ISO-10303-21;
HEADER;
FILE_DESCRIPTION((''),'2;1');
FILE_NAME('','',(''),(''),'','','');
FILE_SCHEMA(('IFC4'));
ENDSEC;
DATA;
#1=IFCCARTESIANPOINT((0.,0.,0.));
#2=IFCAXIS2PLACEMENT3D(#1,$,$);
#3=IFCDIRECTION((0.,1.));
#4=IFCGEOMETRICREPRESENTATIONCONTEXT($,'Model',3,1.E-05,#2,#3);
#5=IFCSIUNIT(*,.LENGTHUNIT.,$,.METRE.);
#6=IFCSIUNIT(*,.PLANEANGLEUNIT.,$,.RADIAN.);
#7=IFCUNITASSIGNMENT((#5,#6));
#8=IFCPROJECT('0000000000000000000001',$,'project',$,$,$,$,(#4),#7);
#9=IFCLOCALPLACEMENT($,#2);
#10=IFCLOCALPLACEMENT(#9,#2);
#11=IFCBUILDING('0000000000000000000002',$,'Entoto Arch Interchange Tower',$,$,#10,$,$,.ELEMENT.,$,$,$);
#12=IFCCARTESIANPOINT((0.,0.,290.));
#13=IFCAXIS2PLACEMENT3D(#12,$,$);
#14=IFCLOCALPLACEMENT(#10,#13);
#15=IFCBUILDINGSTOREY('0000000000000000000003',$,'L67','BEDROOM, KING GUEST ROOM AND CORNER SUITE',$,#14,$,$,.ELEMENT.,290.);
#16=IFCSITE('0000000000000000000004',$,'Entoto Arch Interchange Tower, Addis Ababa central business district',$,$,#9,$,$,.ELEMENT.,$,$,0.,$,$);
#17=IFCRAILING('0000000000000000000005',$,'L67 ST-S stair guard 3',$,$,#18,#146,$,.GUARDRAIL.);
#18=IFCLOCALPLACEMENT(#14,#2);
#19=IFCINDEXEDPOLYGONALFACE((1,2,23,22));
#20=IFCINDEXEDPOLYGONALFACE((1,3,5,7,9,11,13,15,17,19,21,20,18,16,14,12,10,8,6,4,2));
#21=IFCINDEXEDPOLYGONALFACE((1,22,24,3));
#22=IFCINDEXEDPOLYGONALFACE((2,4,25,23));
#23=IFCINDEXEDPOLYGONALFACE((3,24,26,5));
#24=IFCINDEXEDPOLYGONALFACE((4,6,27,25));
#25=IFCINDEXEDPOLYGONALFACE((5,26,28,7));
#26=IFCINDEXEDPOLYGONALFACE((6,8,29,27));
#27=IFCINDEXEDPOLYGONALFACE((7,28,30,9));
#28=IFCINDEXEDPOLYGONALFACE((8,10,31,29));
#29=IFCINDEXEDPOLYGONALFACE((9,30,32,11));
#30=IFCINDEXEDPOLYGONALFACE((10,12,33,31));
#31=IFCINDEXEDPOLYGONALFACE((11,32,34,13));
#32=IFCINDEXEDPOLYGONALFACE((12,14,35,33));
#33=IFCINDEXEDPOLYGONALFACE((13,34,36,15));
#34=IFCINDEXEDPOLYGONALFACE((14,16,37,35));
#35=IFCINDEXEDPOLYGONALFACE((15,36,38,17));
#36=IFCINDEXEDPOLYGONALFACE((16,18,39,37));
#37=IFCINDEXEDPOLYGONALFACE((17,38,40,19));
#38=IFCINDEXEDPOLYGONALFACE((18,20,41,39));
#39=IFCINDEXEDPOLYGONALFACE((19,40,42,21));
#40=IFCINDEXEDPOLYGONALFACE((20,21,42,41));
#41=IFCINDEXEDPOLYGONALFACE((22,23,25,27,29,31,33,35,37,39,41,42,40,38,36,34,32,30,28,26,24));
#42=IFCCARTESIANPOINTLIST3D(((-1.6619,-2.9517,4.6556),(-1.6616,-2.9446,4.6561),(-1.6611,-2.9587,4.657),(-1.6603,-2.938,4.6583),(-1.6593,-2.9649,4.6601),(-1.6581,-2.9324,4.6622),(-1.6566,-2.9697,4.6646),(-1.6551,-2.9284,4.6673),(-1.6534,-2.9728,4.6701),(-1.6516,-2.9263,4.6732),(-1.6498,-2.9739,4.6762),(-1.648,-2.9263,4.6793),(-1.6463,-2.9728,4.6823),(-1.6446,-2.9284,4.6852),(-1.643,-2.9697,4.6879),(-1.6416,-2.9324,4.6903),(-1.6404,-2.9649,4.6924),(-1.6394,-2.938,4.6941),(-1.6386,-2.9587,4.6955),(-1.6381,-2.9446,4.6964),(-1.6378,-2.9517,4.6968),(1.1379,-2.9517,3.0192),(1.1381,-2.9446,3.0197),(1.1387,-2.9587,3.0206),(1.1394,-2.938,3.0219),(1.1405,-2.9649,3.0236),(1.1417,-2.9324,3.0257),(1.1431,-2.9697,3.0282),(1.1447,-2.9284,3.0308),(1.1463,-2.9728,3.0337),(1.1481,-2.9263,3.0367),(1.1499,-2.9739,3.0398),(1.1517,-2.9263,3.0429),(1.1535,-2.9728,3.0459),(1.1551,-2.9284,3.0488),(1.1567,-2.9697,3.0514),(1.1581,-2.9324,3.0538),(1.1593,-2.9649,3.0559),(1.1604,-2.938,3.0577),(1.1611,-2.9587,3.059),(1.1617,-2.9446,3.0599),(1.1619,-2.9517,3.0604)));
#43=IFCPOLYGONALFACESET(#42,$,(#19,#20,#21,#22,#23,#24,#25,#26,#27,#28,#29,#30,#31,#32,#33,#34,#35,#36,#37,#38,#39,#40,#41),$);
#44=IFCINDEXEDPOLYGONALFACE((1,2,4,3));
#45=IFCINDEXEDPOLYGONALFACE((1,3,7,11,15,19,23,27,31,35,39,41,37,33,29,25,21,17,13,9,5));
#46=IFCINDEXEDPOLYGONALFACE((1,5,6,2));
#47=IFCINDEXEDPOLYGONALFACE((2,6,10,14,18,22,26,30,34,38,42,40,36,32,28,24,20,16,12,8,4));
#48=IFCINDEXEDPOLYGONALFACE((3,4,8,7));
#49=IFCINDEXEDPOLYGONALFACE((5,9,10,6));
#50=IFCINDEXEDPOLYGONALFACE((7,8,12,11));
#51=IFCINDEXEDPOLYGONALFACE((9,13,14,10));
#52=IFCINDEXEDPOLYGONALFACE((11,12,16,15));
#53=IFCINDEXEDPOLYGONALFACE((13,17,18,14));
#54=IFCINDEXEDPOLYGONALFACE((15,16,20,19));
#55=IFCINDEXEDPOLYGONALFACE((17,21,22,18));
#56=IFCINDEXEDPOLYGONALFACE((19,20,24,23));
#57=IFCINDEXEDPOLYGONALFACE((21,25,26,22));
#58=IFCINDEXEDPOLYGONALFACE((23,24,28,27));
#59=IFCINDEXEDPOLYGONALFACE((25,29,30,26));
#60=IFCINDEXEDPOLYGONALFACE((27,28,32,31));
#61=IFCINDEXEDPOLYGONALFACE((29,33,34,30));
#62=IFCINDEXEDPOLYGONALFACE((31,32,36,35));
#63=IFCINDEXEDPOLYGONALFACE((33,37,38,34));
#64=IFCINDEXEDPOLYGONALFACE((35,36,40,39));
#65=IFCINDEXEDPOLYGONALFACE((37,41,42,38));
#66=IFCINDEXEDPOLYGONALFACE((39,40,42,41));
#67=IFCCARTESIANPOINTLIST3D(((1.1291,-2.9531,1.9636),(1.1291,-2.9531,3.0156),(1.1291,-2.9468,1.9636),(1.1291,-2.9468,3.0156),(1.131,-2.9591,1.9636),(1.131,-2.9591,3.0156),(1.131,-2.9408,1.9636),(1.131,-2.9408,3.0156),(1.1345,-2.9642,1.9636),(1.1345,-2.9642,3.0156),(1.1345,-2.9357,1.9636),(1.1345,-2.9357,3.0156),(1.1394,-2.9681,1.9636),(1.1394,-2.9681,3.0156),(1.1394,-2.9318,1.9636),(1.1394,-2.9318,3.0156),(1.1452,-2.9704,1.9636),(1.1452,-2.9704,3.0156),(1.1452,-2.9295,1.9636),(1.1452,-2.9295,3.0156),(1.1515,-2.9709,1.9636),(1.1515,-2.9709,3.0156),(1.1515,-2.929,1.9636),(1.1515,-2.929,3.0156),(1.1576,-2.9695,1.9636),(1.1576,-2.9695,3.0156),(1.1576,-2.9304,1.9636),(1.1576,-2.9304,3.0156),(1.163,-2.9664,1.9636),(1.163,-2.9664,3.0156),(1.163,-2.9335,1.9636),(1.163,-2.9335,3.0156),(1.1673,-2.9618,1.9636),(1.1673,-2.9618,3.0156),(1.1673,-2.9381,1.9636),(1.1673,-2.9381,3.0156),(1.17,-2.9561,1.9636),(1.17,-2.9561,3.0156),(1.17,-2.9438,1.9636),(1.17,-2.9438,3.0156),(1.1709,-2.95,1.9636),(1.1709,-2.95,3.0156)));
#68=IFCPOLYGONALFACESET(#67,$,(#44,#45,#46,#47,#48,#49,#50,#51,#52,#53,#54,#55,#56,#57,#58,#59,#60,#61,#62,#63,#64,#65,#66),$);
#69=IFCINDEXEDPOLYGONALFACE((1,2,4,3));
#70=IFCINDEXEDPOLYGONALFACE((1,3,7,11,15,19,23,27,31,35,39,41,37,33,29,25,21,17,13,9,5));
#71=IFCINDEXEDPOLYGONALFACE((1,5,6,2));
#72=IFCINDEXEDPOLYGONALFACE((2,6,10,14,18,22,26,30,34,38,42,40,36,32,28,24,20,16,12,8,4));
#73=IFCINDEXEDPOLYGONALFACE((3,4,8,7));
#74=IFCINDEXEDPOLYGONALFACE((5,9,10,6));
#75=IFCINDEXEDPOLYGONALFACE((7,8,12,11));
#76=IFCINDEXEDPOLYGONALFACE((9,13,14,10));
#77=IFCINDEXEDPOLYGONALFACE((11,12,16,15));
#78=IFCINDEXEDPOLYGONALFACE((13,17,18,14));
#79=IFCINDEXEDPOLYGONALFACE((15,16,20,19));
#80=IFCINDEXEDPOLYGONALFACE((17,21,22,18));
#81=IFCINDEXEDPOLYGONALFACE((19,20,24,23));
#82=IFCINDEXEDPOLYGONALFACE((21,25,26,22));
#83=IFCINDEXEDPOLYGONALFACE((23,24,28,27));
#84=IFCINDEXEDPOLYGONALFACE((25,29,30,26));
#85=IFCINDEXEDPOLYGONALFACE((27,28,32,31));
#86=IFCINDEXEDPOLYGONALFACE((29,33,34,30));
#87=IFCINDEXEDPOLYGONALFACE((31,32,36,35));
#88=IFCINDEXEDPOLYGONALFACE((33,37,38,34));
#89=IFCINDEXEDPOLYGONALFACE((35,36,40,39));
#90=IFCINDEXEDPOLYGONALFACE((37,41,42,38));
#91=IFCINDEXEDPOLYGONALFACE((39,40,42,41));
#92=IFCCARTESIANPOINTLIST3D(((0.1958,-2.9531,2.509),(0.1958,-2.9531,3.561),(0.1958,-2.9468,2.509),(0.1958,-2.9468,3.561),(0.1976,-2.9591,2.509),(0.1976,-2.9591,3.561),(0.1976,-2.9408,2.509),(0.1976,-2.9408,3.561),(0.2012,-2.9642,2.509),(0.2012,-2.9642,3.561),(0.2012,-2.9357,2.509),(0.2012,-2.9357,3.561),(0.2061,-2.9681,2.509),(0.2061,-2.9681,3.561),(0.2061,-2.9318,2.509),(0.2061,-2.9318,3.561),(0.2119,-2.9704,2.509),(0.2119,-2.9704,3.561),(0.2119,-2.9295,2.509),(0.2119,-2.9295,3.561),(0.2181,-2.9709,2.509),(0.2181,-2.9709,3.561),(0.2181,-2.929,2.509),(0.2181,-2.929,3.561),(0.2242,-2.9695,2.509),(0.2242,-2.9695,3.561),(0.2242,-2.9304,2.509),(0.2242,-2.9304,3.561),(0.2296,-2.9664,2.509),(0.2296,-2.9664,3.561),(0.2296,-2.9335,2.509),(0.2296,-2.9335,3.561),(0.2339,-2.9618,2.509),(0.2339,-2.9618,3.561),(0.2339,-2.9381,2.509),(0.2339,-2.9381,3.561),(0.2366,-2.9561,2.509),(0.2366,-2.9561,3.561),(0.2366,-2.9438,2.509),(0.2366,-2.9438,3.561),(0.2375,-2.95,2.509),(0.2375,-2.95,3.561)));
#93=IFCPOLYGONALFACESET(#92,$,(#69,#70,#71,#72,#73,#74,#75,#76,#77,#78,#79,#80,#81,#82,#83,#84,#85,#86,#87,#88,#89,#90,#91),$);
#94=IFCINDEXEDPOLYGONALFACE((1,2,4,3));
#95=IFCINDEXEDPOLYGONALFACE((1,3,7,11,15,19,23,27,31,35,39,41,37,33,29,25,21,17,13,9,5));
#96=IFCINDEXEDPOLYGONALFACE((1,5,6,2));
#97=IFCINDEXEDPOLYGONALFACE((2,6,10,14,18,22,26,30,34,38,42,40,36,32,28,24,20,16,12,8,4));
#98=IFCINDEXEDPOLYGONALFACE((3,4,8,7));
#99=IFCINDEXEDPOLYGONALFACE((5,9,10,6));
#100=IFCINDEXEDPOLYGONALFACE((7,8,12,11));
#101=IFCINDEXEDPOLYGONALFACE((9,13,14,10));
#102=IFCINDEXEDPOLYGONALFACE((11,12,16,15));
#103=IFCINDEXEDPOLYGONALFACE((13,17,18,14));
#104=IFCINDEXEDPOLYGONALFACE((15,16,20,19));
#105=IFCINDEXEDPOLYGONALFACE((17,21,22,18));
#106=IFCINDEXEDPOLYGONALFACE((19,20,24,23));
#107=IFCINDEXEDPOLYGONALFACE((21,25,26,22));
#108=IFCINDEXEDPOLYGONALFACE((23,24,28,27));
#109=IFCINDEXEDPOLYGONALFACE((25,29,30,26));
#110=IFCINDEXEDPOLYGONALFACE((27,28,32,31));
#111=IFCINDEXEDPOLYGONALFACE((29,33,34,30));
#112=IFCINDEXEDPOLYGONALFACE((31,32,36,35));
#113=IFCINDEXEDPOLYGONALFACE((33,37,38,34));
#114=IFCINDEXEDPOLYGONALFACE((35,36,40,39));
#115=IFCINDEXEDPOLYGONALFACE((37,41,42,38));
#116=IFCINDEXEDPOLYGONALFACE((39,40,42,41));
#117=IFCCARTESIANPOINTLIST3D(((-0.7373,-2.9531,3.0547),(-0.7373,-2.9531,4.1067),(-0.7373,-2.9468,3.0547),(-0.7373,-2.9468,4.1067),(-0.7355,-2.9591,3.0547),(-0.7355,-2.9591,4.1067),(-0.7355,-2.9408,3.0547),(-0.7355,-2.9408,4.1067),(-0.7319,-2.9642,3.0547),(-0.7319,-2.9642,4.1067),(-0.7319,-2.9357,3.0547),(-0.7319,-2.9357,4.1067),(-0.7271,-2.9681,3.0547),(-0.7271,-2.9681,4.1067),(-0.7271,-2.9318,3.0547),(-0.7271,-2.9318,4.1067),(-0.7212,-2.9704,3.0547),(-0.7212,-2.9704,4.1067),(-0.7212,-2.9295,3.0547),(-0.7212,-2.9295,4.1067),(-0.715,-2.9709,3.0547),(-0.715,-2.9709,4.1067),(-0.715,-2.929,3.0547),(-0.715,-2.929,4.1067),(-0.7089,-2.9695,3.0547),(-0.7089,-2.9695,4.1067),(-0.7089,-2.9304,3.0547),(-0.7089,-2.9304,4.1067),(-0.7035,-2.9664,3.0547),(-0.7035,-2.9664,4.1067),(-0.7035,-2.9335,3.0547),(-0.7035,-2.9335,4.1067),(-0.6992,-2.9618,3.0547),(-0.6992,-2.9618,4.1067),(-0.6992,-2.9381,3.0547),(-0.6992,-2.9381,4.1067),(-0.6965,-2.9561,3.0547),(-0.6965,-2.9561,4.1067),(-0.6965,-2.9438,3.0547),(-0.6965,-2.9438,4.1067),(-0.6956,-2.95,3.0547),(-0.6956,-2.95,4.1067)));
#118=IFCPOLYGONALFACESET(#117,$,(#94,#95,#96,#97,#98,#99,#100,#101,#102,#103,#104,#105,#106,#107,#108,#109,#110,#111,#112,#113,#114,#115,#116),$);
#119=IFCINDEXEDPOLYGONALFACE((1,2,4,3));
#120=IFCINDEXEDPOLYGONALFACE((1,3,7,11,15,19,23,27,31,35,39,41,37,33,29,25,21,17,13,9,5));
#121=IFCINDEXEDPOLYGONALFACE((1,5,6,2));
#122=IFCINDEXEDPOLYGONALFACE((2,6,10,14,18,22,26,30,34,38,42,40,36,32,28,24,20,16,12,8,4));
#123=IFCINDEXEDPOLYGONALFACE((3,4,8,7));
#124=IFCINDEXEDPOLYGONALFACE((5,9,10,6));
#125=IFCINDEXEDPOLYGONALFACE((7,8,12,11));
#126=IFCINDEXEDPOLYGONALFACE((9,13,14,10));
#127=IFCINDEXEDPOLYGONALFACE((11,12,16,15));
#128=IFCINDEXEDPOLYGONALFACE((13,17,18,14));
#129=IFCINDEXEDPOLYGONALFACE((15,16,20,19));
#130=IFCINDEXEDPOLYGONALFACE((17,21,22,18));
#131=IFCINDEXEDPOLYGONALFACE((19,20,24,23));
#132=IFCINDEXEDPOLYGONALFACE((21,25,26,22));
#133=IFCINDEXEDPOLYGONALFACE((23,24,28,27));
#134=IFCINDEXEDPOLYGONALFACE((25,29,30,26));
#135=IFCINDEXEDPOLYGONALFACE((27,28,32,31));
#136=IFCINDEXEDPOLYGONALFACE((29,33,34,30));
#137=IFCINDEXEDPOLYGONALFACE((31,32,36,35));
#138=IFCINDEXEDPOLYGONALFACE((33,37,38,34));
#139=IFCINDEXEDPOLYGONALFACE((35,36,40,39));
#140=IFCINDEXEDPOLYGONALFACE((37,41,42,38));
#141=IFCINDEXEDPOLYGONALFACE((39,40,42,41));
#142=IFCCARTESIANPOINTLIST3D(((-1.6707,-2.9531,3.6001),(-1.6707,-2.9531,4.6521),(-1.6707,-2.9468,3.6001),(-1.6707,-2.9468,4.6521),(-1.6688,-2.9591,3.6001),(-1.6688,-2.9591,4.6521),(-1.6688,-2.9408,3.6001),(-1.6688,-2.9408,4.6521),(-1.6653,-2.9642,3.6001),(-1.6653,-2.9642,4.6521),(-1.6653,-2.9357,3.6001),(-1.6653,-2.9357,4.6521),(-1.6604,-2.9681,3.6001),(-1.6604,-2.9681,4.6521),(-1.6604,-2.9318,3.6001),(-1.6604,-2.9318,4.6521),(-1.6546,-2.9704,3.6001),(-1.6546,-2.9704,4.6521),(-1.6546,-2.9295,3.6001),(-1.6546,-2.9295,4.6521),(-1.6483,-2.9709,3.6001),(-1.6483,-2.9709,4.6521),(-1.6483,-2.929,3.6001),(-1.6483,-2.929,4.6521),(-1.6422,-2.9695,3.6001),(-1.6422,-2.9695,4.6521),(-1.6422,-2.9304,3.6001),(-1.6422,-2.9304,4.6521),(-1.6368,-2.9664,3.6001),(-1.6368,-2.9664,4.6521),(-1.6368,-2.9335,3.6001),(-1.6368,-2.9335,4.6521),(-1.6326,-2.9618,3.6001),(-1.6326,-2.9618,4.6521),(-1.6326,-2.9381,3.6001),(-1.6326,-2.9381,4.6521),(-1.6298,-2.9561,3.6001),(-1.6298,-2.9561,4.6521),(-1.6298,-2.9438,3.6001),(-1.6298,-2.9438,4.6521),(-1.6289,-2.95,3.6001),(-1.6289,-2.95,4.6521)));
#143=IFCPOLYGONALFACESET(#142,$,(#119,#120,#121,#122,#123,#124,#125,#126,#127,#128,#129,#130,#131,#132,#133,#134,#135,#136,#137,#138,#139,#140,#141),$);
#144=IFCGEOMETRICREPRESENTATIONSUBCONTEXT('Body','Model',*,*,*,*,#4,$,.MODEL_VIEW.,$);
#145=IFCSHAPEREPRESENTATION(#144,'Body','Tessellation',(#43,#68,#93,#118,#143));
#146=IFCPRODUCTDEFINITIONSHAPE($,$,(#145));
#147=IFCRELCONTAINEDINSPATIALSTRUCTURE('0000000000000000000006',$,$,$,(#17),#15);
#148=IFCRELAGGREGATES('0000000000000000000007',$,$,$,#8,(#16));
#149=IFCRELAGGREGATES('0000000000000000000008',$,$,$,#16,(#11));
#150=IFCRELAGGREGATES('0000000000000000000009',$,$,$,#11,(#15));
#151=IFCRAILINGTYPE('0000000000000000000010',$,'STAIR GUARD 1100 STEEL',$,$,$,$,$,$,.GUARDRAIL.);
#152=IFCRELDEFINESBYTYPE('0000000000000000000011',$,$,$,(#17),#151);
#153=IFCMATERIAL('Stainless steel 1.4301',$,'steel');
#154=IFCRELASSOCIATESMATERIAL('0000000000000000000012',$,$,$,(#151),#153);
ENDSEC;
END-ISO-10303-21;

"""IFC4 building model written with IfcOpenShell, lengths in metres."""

from ifc_helpers import new_model, si_unit, direction, frame, origin, origin_2d, place, context, subcontext, project, spatial, circle, extrude, material, type_object, element, save


model = new_model("IFC4")

# Units and contexts
model_context = context("Model", 3, precision=1e-05, world=origin(), true_north=direction((0.0, 1.0)))
body_context = subcontext(model_context, "Body", "Model", "MODEL_VIEW")
ifc_project = project(units=[si_unit("LENGTHUNIT", "METRE"), si_unit("PLANEANGLEUNIT", "RADIAN")], contexts=[model_context])

# Site, building, storey
site_placement = place(None, origin())
site = spatial("IfcSite", under=ifc_project, at=site_placement, Name="Entoto Arch Interchange Tower, Addis Ababa central business district", CompositionType="ELEMENT", RefElevation=0.0)
building_placement = place(site_placement, origin())
building = spatial("IfcBuilding", under=site, at=building_placement, Name="Entoto Arch Interchange Tower", CompositionType="ELEMENT")
storey_placement = place(building_placement, frame((0.0, 0.0, 290.0)))
storey = spatial("IfcBuildingStorey", under=building, at=storey_placement, Name="L67", Description="BEDROOM, KING GUEST ROOM AND CORNER SUITE", CompositionType="ELEMENT", Elevation=290.0)

# Railing
ifc_material_1 = material(Name="Stainless steel 1.4301", Category="steel")
railing_type_1 = type_object("IfcRailingType", Name="STAIR GUARD 1100 STEEL", PredefinedType="GUARDRAIL", material=ifc_material_1)
railing_1_placement = place(storey_placement, frame((1.1499, -2.95, 1.9636)))
element("IfcRailing", 1, at=railing_1_placement, inside=storey, type_object=railing_type_1, Name="L67 ST-S stair guard 3", PredefinedType="GUARDRAIL", context=body_context, shape_type="SweptSolid", body=[
    extrude(circle(Radius=0.0239, at=origin_2d()), frame((0.0, 0.0, 1.0762), z_axis=(-0.863342, 0.0, 0.50462), x_axis=(0.0, -1.0, 0.0)), (0.0, 0.0, 1.0), 3.2429),
    extrude(circle(Radius=0.021, at=origin_2d()), origin(), (0.0, 0.0, 1.0), 1.052),
    extrude(circle(Radius=0.021, at=origin_2d()), frame((-0.9333, 0.0, 0.5454)), (0.0, 0.0, 1.0), 1.052),
    extrude(circle(Radius=0.021, at=origin_2d()), frame((-1.8665, 0.0, 1.0911)), (0.0, 0.0, 1.0), 1.052),
    extrude(circle(Radius=0.021, at=origin_2d()), frame((-2.7998, 0.0, 1.6365)), (0.0, 0.0, 1.0), 1.052),
])

save(model, "model.ifc")
